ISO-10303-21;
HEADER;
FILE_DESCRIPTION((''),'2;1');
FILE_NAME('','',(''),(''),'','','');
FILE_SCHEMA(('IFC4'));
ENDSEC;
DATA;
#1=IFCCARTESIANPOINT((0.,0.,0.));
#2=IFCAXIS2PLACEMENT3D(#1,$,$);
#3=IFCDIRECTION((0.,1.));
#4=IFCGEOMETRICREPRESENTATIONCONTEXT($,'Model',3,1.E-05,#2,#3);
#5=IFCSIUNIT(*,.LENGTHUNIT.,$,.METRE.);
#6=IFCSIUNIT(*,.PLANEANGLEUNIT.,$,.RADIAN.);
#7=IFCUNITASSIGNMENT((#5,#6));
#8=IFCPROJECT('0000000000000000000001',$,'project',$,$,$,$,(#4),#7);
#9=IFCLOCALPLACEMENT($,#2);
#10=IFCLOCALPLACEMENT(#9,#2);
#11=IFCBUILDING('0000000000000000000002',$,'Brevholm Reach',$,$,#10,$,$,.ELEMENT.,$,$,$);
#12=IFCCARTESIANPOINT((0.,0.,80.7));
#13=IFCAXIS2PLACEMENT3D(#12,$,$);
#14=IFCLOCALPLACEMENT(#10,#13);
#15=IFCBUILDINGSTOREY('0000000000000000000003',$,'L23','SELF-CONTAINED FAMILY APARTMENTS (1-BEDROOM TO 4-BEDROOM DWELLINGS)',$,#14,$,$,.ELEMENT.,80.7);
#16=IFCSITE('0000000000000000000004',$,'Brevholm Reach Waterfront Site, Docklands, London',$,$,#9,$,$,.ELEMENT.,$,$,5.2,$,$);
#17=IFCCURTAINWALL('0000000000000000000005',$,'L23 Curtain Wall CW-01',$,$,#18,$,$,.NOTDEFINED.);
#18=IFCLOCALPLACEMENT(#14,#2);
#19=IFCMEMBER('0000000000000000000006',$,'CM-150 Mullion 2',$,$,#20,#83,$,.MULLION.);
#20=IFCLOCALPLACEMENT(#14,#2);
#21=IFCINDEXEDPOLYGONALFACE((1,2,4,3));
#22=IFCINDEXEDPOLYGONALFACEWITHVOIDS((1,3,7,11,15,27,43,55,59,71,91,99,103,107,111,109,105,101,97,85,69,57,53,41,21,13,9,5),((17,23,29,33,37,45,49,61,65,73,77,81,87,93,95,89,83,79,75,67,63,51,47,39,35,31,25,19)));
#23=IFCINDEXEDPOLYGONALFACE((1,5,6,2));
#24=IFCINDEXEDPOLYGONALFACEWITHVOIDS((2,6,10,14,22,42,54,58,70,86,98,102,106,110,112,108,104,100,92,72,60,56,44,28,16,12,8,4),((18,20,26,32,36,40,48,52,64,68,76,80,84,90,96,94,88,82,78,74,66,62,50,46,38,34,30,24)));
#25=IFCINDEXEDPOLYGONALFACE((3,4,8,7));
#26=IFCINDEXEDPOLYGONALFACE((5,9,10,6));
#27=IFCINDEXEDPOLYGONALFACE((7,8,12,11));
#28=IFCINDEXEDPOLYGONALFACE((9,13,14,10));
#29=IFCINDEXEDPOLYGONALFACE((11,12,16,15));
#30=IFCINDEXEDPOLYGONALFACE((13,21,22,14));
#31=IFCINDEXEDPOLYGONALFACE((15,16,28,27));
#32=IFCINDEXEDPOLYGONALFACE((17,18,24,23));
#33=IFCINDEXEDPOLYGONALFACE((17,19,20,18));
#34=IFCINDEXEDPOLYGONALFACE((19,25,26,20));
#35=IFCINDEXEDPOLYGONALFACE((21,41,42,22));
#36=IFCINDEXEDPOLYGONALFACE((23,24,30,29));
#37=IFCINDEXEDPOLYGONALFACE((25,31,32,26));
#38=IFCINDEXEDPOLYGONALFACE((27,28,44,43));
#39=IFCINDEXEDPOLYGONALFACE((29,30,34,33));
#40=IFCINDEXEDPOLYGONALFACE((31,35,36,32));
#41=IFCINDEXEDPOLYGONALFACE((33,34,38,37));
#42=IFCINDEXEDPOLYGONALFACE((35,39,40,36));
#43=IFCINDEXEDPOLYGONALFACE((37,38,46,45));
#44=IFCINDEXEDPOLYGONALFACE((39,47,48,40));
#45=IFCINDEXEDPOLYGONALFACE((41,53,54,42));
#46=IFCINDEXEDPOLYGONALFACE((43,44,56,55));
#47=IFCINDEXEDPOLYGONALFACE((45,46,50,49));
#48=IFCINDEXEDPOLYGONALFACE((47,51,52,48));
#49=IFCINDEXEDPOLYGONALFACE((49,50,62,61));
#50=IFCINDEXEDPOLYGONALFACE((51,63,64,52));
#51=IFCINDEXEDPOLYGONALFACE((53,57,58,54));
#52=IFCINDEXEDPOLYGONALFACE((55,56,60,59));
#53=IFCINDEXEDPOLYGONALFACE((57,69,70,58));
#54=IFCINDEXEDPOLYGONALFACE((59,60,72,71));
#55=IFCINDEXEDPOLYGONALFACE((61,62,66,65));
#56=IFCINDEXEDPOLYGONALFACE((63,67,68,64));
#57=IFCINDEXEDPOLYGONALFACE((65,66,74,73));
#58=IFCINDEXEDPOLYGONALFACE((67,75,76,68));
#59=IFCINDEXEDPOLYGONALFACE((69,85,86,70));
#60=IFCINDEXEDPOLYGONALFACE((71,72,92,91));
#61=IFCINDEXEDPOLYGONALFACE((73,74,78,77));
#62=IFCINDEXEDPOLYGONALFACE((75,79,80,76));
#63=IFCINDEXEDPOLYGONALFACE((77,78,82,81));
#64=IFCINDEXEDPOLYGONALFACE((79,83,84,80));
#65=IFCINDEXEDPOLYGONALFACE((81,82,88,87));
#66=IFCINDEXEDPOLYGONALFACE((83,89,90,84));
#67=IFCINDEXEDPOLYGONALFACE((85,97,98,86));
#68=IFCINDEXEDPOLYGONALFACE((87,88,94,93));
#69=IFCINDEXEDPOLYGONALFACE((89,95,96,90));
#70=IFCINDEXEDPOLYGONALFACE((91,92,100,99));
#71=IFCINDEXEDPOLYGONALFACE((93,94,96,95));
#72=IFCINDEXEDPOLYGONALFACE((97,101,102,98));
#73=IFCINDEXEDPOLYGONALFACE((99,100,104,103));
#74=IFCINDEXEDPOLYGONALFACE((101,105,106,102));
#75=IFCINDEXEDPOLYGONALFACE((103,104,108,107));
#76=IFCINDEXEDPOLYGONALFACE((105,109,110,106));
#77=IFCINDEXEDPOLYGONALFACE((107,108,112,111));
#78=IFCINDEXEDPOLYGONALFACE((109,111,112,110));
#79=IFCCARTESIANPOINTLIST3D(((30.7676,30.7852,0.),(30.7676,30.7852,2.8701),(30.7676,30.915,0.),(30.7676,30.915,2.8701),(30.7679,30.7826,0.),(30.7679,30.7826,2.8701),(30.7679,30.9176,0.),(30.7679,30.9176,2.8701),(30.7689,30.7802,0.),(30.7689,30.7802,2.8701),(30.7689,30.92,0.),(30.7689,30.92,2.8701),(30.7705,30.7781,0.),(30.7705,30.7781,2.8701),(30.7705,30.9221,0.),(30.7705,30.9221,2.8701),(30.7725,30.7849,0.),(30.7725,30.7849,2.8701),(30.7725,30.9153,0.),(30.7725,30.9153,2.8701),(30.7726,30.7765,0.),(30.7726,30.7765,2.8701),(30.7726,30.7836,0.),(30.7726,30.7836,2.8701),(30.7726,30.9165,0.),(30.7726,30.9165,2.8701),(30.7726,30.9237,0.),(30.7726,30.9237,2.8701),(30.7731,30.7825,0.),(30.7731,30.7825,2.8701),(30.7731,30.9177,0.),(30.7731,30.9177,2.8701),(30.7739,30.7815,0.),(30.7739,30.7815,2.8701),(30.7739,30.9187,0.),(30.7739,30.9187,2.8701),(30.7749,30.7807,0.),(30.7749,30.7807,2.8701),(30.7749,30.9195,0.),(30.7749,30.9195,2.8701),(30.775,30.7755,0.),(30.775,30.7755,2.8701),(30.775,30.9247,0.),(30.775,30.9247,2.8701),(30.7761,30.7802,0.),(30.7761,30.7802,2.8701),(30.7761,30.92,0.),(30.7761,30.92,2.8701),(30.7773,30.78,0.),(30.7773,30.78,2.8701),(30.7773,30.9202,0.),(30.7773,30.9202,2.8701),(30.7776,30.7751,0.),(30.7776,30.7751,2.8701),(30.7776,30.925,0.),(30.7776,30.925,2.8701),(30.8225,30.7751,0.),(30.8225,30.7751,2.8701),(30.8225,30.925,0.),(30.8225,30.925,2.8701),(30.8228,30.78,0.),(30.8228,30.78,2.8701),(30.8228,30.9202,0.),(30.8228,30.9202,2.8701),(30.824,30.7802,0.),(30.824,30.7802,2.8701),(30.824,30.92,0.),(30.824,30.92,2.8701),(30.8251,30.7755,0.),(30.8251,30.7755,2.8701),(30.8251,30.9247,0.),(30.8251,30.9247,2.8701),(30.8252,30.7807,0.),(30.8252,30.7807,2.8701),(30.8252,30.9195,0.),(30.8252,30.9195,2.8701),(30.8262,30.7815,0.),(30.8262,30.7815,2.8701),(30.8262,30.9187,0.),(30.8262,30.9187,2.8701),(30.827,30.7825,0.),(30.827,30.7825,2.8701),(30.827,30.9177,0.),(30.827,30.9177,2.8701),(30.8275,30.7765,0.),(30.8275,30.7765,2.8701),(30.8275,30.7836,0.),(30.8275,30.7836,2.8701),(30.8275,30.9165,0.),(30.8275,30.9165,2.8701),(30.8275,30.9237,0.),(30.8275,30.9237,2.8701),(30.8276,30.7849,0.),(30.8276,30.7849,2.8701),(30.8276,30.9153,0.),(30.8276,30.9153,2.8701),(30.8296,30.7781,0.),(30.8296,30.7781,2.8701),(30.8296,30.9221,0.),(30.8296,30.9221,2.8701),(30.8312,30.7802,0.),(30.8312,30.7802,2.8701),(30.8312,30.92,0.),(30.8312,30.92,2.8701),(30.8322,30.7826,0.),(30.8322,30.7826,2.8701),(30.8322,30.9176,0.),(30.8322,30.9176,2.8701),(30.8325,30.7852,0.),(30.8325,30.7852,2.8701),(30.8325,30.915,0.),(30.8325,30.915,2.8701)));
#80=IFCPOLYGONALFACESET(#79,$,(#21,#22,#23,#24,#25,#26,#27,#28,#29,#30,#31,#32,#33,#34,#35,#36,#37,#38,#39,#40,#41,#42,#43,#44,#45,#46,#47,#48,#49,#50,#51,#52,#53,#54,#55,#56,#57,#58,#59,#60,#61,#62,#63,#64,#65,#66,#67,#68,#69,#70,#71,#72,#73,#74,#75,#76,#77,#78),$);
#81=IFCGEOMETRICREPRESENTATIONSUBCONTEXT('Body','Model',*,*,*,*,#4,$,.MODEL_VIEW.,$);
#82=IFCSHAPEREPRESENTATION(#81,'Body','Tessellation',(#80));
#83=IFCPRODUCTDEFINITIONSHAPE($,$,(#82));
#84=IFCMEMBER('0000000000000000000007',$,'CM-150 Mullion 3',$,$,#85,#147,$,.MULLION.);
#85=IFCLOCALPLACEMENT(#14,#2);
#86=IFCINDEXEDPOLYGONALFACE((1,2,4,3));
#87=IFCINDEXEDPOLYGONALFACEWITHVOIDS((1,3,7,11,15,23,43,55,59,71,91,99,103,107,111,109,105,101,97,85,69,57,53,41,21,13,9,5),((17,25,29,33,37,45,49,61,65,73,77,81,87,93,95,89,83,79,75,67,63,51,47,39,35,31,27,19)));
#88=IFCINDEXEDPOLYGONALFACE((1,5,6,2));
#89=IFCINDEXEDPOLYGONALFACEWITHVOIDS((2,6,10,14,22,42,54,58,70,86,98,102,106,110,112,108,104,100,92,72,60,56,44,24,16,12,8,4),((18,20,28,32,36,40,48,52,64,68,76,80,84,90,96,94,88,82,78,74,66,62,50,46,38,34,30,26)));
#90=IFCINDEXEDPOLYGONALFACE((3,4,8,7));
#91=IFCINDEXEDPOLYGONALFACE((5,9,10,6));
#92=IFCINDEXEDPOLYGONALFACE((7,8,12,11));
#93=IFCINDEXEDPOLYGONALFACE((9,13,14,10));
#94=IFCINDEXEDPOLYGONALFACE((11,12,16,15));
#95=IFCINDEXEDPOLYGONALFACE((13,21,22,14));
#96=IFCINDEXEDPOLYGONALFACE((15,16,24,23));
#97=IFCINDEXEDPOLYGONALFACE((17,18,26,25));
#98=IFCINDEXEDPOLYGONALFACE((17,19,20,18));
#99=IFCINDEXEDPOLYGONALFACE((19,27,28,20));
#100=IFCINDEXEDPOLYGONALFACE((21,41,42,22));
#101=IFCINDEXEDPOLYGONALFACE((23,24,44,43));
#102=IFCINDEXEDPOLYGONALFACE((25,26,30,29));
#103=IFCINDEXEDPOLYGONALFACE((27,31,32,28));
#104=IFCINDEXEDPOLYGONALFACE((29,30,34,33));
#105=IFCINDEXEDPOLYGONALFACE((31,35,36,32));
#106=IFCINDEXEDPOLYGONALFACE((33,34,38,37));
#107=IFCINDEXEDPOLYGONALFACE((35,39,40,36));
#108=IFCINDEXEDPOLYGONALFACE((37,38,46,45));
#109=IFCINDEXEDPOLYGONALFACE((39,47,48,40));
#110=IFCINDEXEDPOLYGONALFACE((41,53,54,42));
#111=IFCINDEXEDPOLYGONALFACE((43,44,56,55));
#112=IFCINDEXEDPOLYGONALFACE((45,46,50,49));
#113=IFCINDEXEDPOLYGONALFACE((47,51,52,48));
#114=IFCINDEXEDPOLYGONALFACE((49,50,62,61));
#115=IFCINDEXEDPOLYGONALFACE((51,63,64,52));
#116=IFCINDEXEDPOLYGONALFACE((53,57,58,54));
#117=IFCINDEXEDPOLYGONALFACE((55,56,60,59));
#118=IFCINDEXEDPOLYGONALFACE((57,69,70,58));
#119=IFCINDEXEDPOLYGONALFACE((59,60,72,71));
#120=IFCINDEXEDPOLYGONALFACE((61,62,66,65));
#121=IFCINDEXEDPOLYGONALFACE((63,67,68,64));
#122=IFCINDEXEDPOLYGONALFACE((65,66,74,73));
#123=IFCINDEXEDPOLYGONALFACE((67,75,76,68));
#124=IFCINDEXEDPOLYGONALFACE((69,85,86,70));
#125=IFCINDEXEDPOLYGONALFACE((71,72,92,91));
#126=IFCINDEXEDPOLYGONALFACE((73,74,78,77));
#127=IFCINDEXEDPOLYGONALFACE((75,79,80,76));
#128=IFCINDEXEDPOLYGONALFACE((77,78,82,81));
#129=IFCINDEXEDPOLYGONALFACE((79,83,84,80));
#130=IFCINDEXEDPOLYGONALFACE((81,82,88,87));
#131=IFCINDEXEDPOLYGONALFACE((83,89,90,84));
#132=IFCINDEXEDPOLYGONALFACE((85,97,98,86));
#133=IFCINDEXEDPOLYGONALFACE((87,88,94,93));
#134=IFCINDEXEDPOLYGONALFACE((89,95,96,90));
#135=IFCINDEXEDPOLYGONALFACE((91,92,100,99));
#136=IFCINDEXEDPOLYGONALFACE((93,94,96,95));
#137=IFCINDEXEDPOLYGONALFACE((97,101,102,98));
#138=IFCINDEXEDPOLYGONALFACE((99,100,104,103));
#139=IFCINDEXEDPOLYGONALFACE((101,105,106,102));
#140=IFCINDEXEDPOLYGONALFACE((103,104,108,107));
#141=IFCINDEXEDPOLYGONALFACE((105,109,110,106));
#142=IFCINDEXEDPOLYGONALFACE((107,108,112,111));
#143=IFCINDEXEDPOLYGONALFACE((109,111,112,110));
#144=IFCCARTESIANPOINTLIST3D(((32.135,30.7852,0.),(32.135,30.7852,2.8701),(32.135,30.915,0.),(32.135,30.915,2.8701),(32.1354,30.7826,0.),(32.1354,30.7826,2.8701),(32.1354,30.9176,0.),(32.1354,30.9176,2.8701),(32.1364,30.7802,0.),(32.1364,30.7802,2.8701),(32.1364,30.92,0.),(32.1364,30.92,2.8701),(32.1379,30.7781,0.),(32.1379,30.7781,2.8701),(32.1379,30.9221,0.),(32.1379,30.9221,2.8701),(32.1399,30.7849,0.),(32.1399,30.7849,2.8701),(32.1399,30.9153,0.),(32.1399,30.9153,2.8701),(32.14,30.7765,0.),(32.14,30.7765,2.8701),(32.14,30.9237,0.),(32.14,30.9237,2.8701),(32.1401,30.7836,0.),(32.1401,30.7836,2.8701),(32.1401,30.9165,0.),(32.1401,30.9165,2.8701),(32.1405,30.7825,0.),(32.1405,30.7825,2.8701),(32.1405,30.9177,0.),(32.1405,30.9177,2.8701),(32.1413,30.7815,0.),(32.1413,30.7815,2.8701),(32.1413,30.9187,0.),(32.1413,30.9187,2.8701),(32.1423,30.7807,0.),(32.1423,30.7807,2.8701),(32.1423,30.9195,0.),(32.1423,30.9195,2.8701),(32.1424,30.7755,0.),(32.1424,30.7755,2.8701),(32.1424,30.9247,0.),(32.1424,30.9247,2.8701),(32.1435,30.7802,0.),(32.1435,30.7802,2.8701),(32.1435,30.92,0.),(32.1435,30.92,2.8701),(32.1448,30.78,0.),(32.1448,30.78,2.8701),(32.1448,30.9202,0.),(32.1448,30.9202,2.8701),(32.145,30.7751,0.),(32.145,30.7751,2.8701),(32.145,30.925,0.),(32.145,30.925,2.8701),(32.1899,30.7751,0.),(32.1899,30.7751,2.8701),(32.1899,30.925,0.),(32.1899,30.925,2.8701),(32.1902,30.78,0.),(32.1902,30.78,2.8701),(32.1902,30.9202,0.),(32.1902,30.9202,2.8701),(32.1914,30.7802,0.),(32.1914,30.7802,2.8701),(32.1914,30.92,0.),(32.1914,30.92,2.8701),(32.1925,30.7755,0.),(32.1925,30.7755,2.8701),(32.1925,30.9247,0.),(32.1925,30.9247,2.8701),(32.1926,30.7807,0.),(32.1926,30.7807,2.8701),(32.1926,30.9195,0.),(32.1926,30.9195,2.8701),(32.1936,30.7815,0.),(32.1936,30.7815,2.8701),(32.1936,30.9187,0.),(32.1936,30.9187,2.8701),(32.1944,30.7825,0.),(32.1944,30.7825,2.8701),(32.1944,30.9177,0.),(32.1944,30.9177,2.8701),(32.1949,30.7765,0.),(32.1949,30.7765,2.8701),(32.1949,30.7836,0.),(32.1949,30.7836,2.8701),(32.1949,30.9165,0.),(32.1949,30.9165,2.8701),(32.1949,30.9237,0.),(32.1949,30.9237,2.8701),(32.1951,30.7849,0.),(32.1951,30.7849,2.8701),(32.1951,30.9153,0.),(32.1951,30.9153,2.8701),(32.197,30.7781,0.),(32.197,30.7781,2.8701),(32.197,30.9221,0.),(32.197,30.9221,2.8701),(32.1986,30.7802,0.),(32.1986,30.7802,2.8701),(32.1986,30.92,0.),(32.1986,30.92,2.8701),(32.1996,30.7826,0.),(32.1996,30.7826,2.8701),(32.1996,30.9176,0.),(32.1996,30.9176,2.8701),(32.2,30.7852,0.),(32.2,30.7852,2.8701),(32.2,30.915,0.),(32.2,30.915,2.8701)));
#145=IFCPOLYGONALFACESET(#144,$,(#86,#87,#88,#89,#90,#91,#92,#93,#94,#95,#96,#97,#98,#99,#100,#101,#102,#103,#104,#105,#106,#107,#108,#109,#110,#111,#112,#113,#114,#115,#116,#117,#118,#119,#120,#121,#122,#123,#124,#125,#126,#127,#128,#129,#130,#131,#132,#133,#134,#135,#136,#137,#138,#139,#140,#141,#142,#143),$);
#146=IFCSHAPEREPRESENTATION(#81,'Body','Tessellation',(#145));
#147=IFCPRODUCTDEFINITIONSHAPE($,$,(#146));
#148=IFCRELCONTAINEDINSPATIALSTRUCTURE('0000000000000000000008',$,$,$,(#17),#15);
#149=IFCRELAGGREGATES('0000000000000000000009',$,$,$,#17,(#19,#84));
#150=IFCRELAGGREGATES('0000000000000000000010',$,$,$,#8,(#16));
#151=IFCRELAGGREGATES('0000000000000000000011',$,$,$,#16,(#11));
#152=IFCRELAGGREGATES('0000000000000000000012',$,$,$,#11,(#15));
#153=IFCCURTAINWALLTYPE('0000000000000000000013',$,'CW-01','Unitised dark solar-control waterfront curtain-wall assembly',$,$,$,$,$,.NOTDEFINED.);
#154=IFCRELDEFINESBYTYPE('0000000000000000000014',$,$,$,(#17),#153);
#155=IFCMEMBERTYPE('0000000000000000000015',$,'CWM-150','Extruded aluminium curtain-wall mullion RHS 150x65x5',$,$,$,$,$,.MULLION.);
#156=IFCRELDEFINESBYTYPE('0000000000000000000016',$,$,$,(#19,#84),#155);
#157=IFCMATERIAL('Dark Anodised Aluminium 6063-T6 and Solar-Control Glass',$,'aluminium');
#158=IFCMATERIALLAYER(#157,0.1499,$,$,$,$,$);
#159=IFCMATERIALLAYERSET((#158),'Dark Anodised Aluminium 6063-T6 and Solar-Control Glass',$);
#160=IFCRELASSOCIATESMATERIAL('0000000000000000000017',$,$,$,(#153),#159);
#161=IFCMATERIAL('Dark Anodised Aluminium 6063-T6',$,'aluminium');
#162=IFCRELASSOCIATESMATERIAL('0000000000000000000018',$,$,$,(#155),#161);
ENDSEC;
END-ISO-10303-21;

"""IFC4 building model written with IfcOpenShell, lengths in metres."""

from ifc_helpers import new_model, si_unit, direction, frame, origin, origin_2d, place, context, subcontext, project, spatial, hollow_rectangle, extrude, material, layer, layer_set, material_profile, profile_set, type_object, element, aggregate, save


model = new_model("IFC4")

# Units and contexts
model_context = context("Model", 3, precision=1e-05, world=origin(), true_north=direction((0.0, 1.0)))
body_context = subcontext(model_context, "Body", "Model", "MODEL_VIEW")
ifc_project = project(units=[si_unit("LENGTHUNIT", "METRE"), si_unit("PLANEANGLEUNIT", "RADIAN")], contexts=[model_context])

# Site, building, storey
site_placement = place(None, origin())
site = spatial("IfcSite", under=ifc_project, at=site_placement, Name="Brevholm Reach Waterfront Site, Docklands, London", CompositionType="ELEMENT", RefElevation=5.2)
building_placement = place(site_placement, origin())
building = spatial("IfcBuilding", under=site, at=building_placement, Name="Brevholm Reach", CompositionType="ELEMENT")
storey_placement = place(building_placement, frame((0.0, 0.0, 80.7)))
storey = spatial("IfcBuildingStorey", under=building, at=storey_placement, Name="L23", Description="SELF-CONTAINED FAMILY APARTMENTS (1-BEDROOM TO 4-BEDROOM DWELLINGS)", CompositionType="ELEMENT", Elevation=80.7)

# Curtain wall, members
ifc_material_1 = material(Name="Dark Anodised Aluminium 6063-T6 and Solar-Control Glass", Category="aluminium")
ifc_layer_1 = layer(ifc_material_1, 0.1499)
ifc_layer_set_1 = layer_set([ifc_layer_1], Name="Dark Anodised Aluminium 6063-T6 and Solar-Control Glass")
curtain_wall_type_1 = type_object("IfcCurtainWallType", Name="CW-01", Description="Unitised dark solar-control waterfront curtain-wall assembly", PredefinedType="NOTDEFINED", material=ifc_layer_set_1)
curtain_wall_1_placement = place(storey_placement, origin())
curtain_wall_1 = element("IfcCurtainWall", 1, at=curtain_wall_1_placement, inside=storey, type_object=curtain_wall_type_1, Name="L23 Curtain Wall CW-01", PredefinedType="NOTDEFINED")
ifc_material_2 = material(Name="Dark Anodised Aluminium 6063-T6", Category="aluminium")
ifc_material_profile_1 = material_profile(ifc_material_2, hollow_rectangle(XDim=0.0649, YDim=0.1499, WallThickness=0.0049, InnerFilletRadius=0.0049, OuterFilletRadius=0.01, at=origin_2d()), Name="RHS 150x65x5")
ifc_profile_set_1 = profile_set([ifc_material_profile_1], Name="Dark Anodised Aluminium 6063-T6")
member_type_1 = type_object("IfcMemberType", Name="CWM-150", Description="Extruded aluminium curtain-wall mullion RHS 150x65x5", PredefinedType="MULLION", material=ifc_profile_set_1)
member_1_placement = place(storey_placement, frame((30.8, 30.8501, 0.0), z_axis=(0.0, 0.0, 1.0), x_axis=(1.0, 0.0, 0.0)))
member_1 = element("IfcMember", 2, at=member_1_placement, type_object=member_type_1, Name="CM-150 Mullion 2", PredefinedType="MULLION", context=body_context, shape_type="SweptSolid", body=[
    extrude(hollow_rectangle(XDim=0.0649, YDim=0.1499, WallThickness=0.0049, InnerFilletRadius=0.0049, OuterFilletRadius=0.01, at=origin_2d()), origin(), (0.0, 0.0, 1.0), 2.8701),
])
member_2_placement = place(storey_placement, frame((32.1675, 30.8501, 0.0), z_axis=(0.0, 0.0, 1.0), x_axis=(1.0, 0.0, 0.0)))
member_2 = element("IfcMember", 3, at=member_2_placement, type_object=member_type_1, Name="CM-150 Mullion 3", PredefinedType="MULLION", context=body_context, shape_type="SweptSolid", body=[
    extrude(hollow_rectangle(XDim=0.0649, YDim=0.1499, WallThickness=0.0049, InnerFilletRadius=0.0049, OuterFilletRadius=0.01, at=origin_2d()), origin(), (0.0, 0.0, 1.0), 2.8701),
])

aggregate(curtain_wall_1, [member_1, member_2])

save(model, "model.ifc")
